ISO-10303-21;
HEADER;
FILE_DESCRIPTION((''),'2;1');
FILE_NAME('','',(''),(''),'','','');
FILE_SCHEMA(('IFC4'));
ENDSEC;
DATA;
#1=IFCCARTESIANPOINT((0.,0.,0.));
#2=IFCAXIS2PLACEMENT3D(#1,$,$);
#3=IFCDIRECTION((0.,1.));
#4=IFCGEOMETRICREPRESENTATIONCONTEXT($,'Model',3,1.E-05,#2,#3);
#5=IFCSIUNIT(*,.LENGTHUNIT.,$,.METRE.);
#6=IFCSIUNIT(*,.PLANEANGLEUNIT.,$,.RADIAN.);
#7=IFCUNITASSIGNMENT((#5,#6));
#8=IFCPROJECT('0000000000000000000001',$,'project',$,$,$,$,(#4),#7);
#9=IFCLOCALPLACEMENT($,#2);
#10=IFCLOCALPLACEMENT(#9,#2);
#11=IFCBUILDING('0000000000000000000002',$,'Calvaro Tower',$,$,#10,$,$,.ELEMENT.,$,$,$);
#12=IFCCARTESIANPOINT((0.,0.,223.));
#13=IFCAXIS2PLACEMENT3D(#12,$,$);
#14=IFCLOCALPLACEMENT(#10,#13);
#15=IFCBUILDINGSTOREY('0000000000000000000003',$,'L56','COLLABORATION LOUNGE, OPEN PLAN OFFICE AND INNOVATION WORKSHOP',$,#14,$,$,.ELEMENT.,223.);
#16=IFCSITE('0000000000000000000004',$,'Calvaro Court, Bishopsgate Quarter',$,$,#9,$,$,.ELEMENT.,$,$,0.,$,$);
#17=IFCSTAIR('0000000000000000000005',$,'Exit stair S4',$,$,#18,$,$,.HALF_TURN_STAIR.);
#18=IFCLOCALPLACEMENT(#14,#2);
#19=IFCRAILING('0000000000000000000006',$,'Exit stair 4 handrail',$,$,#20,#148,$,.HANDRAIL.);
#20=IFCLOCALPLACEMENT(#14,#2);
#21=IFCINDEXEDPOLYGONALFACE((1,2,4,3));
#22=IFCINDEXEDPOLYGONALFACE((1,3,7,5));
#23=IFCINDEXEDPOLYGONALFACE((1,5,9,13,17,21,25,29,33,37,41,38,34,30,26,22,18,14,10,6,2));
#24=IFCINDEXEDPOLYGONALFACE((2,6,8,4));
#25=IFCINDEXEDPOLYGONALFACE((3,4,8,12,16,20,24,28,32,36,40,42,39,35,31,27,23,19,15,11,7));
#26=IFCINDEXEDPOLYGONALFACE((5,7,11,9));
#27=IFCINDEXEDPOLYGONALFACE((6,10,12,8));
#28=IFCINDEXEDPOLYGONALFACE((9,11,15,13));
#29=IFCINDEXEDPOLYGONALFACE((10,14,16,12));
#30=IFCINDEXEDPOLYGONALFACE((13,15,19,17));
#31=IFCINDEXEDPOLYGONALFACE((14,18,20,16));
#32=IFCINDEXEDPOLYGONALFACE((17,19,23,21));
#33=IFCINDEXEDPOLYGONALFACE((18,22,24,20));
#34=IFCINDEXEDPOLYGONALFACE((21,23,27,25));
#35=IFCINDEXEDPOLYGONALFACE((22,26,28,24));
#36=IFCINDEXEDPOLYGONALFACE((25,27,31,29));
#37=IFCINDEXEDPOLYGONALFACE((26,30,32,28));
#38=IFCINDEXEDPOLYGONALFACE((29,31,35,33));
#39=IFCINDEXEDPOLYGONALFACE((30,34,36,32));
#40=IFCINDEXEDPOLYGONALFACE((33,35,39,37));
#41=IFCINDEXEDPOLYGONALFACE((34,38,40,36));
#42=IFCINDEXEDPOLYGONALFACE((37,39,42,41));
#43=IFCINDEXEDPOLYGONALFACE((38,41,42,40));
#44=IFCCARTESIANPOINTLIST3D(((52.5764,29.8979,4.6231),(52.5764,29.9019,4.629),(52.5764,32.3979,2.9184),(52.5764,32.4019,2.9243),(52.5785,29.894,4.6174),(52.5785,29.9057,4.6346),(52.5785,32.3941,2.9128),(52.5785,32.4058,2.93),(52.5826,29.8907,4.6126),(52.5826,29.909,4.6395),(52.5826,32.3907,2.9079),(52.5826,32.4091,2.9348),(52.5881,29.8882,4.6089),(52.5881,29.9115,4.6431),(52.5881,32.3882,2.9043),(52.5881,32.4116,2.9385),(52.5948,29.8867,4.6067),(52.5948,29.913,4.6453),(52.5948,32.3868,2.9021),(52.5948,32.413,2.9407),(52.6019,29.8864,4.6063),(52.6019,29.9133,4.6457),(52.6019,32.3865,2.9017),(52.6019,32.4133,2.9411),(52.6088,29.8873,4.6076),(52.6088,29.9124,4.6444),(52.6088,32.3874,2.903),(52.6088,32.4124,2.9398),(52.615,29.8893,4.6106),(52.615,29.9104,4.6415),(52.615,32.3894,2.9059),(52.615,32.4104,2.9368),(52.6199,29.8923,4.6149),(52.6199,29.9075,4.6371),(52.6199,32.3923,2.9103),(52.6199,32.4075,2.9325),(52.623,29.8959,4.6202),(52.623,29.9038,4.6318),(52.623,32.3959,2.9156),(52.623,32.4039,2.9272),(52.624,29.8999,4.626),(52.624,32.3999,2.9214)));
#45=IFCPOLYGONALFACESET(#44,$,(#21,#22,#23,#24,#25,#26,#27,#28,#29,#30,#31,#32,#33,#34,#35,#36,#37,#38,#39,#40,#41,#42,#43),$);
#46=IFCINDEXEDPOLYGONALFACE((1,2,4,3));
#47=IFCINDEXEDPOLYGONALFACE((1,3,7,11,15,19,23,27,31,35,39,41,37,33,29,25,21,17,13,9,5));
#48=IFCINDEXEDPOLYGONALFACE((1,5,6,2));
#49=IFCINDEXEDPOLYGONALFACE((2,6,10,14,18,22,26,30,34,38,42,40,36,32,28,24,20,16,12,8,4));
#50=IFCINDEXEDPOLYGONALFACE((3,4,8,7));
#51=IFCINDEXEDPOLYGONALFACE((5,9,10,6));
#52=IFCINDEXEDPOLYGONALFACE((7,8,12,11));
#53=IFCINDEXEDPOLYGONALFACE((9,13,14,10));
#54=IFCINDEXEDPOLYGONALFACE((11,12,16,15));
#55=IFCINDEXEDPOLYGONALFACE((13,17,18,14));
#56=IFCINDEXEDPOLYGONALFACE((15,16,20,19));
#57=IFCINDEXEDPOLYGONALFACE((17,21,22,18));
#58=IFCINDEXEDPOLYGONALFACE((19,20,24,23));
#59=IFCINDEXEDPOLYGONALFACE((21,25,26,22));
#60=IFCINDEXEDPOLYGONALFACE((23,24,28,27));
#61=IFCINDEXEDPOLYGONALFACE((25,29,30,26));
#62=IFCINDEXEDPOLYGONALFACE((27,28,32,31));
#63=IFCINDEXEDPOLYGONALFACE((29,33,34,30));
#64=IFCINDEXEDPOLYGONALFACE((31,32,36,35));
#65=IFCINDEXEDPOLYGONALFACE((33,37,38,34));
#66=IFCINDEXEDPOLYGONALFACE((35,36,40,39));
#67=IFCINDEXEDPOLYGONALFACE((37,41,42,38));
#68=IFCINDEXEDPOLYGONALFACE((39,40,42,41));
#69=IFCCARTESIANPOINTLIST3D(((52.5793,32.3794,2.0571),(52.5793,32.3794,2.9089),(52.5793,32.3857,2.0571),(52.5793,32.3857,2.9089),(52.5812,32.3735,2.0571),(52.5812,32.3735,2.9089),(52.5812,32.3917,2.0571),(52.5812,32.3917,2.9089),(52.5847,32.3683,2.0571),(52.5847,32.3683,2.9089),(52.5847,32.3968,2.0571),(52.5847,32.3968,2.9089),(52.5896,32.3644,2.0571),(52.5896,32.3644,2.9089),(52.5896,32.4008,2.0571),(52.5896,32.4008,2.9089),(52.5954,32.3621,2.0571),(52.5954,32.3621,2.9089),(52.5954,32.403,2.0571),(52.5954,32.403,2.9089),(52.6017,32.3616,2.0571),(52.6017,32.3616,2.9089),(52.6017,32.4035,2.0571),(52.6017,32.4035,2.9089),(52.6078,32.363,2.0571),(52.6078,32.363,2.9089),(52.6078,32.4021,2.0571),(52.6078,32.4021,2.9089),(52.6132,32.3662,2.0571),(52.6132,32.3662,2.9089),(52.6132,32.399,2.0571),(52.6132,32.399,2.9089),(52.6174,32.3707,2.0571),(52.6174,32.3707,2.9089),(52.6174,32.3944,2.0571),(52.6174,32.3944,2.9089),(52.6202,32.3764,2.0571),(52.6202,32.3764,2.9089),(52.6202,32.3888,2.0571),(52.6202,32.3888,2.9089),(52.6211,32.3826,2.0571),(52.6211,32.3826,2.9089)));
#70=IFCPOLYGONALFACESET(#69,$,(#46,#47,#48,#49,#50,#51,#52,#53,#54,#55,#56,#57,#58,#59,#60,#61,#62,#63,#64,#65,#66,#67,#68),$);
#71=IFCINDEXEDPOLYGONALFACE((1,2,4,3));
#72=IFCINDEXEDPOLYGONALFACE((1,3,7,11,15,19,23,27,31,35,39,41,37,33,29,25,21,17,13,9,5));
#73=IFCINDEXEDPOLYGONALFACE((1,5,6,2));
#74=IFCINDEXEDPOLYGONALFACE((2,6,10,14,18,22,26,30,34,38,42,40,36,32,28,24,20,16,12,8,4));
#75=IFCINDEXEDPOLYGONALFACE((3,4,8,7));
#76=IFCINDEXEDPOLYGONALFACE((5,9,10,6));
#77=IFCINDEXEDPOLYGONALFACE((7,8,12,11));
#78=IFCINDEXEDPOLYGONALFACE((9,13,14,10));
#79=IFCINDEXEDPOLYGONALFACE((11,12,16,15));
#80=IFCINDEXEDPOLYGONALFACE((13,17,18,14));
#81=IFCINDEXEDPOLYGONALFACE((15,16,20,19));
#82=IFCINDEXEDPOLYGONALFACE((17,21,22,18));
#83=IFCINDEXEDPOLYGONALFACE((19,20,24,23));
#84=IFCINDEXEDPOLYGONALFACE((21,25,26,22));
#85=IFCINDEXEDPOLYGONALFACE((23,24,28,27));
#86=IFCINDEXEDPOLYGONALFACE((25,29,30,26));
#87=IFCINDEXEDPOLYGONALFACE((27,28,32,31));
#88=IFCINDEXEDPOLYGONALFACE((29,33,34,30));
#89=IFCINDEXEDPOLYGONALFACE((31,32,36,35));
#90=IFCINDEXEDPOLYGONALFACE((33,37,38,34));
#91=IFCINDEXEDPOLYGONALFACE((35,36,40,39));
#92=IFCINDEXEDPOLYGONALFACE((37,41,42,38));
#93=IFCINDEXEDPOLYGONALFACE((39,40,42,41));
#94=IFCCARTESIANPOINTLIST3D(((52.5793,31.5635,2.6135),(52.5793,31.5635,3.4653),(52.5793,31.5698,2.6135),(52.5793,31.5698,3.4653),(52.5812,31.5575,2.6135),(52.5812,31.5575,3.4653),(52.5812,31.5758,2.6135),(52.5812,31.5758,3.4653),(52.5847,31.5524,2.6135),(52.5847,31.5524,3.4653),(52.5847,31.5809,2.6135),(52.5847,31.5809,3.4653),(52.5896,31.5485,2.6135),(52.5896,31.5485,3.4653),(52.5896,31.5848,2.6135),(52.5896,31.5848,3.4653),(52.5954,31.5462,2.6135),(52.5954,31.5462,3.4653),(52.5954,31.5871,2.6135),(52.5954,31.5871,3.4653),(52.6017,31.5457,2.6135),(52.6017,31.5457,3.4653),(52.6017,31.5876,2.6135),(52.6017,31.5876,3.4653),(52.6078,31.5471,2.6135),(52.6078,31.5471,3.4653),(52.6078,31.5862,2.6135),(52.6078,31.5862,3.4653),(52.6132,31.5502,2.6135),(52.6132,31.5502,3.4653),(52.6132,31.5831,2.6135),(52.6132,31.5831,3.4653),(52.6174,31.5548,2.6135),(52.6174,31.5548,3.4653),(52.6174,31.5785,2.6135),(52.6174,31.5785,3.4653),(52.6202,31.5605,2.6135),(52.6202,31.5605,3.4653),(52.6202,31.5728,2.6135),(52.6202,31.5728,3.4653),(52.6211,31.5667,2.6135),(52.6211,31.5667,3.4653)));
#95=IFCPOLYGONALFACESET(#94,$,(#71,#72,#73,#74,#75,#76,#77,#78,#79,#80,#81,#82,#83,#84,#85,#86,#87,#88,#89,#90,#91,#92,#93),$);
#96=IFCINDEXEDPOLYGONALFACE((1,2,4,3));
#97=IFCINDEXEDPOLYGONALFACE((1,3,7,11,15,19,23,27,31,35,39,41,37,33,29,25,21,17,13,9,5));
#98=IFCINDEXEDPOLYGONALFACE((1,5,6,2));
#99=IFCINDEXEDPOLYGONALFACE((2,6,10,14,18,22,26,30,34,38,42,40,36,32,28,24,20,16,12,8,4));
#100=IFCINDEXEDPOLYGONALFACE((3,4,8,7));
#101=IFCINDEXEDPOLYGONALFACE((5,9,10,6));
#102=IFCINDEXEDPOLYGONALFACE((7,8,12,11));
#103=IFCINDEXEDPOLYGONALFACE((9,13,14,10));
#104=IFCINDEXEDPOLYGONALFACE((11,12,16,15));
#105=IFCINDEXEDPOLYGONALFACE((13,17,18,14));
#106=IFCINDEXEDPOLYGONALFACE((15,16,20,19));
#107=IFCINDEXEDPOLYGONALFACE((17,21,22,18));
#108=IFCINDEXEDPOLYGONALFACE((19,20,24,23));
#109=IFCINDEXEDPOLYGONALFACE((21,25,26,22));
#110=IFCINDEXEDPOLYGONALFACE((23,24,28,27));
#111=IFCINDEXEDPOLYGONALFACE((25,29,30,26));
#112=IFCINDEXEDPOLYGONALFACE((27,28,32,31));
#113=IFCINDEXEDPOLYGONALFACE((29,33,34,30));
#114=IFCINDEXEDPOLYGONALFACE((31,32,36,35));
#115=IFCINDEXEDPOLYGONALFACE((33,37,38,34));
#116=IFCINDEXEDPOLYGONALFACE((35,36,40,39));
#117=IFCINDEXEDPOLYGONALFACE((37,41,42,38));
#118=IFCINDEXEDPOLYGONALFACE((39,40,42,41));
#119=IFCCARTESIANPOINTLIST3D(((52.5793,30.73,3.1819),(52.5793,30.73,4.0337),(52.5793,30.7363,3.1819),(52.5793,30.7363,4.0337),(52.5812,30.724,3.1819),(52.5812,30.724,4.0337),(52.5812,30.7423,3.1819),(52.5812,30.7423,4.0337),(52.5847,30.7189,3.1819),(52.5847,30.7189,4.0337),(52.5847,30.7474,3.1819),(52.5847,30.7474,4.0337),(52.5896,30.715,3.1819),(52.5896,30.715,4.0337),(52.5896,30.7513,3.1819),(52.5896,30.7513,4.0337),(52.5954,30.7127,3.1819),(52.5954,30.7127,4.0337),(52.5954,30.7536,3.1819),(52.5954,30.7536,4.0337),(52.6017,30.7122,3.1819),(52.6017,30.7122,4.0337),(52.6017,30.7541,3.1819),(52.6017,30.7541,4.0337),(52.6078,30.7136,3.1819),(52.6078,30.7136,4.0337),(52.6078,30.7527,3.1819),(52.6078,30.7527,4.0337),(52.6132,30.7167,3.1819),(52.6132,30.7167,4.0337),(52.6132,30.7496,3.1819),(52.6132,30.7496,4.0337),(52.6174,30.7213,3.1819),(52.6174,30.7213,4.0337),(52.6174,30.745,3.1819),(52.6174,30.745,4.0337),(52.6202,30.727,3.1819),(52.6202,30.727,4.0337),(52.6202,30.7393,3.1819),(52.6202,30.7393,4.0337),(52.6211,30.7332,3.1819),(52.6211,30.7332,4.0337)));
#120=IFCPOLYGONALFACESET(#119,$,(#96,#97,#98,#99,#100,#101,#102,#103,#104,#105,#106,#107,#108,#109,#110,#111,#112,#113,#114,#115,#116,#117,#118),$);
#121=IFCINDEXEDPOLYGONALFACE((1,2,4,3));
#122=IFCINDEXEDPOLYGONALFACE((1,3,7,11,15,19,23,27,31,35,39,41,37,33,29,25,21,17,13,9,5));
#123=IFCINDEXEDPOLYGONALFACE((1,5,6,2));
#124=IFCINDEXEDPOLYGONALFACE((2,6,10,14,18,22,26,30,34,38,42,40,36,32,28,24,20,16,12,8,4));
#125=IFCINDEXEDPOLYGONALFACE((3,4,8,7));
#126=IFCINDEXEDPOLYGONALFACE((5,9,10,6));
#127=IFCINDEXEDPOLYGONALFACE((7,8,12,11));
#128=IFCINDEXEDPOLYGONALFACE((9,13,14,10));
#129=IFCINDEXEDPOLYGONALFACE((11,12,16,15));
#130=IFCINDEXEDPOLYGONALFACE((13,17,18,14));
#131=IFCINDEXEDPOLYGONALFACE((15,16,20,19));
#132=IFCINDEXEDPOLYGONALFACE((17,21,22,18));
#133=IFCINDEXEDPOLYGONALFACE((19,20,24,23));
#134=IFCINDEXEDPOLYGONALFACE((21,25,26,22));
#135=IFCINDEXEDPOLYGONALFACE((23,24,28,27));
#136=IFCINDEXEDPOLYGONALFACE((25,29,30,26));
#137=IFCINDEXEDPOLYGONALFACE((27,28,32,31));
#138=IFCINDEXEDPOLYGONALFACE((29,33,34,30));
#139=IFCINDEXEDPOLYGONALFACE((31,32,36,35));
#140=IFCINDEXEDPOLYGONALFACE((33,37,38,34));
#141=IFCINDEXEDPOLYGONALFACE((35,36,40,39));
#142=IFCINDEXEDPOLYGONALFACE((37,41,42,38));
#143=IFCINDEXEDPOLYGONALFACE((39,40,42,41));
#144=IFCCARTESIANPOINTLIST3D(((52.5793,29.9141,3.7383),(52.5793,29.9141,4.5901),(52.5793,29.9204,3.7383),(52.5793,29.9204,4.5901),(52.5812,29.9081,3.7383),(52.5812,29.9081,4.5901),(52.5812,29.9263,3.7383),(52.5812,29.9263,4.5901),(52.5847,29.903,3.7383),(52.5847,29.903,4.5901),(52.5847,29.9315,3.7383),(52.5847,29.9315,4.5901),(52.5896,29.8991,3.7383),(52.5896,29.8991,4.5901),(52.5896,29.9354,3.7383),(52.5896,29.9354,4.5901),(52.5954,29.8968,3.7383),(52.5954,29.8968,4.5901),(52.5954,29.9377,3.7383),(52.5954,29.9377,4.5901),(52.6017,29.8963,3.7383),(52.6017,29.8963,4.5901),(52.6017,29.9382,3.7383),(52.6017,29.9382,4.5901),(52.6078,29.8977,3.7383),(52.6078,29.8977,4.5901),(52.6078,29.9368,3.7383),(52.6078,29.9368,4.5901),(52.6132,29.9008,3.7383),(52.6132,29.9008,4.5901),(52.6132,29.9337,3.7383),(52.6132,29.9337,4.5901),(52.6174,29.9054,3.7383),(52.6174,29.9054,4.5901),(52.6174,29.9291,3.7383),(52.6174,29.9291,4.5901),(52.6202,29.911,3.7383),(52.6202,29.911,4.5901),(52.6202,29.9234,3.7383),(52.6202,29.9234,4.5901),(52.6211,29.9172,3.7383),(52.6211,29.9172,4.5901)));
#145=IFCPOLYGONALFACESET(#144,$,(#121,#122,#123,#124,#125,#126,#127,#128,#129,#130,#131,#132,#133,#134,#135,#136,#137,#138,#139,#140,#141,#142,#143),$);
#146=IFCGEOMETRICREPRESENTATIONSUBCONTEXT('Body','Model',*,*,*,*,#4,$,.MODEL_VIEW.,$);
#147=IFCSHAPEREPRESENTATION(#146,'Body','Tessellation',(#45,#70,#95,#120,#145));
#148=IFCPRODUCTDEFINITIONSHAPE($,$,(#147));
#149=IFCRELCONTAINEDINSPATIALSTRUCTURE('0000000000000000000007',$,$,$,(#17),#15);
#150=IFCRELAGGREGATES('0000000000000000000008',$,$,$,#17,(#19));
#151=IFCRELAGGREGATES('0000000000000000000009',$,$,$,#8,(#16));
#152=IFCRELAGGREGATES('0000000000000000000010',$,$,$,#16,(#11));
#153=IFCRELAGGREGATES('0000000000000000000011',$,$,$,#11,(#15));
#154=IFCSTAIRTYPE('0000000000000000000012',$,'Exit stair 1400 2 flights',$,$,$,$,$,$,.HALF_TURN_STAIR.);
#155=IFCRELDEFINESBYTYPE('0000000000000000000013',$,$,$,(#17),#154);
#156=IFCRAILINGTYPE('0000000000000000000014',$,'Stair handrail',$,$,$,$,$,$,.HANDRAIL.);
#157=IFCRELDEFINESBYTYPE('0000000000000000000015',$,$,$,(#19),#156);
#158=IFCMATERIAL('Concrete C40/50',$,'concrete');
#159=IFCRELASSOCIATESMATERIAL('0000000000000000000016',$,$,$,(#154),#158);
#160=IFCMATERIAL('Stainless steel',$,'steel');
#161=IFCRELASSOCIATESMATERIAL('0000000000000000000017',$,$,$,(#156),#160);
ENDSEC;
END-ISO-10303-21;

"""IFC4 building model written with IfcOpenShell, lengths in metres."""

from ifc_helpers import new_model, si_unit, direction, frame, origin, origin_2d, place, context, subcontext, project, spatial, circle, extrude, material, type_object, element, aggregate, save


model = new_model("IFC4")

# Units and contexts
model_context = context("Model", 3, precision=1e-05, world=origin(), true_north=direction((0.0, 1.0)))
body_context = subcontext(model_context, "Body", "Model", "MODEL_VIEW")
ifc_project = project(units=[si_unit("LENGTHUNIT", "METRE"), si_unit("PLANEANGLEUNIT", "RADIAN")], contexts=[model_context])

# Site, building, storey
site_placement = place(None, origin())
site = spatial("IfcSite", under=ifc_project, at=site_placement, Name="Calvaro Court, Bishopsgate Quarter", CompositionType="ELEMENT", RefElevation=0.0)
building_placement = place(site_placement, origin())
building = spatial("IfcBuilding", under=site, at=building_placement, Name="Calvaro Tower", CompositionType="ELEMENT")
storey_placement = place(building_placement, frame((0.0, 0.0, 223.0)))
storey = spatial("IfcBuildingStorey", under=building, at=storey_placement, Name="L56", Description="COLLABORATION LOUNGE, OPEN PLAN OFFICE AND INNOVATION WORKSHOP", CompositionType="ELEMENT", Elevation=223.0)

# Stair
ifc_material_1 = material(Name="Concrete C40/50", Category="concrete")
stair_type = type_object("IfcStairType", Name="Exit stair 1400 2 flights", PredefinedType="HALF_TURN_STAIR", material=ifc_material_1)
stair_1_placement = place(storey_placement, origin())
stair_1 = element("IfcStair", 1, at=stair_1_placement, inside=storey, type_object=stair_type, Name="Exit stair S4", PredefinedType="HALF_TURN_STAIR")

# Railing
ifc_material_2 = material(Name="Stainless steel", Category="steel")
railing_type = type_object("IfcRailingType", Name="Stair handrail", PredefinedType="HANDRAIL", material=ifc_material_2)
railing_1_placement = place(storey_placement, frame((52.6001, 32.3999, 2.0454)))
railing_1 = element("IfcRailing", 2, at=railing_1_placement, type_object=railing_type, Name="Exit stair 4 handrail", PredefinedType="HANDRAIL", context=body_context, shape_type="SweptSolid", body=[
    extrude(circle(Radius=0.0239, at=origin_2d()), frame((0.0, 0.0, 0.876), z_axis=(0.0, -0.826221, 0.563347), x_axis=(1.0, 0.0, 0.0)), (0.0, 0.0, 1.0), 3.0259),
    extrude(circle(Radius=0.021, at=origin_2d()), frame((0.0, -0.0173, 0.0117)), (0.0, 0.0, 1.0), 0.8518),
    extrude(circle(Radius=0.021, at=origin_2d()), frame((0.0, -0.8333, 0.5681)), (0.0, 0.0, 1.0), 0.8518),
    extrude(circle(Radius=0.021, at=origin_2d()), frame((0.0, -1.6667, 1.1365)), (0.0, 0.0, 1.0), 0.8518),
    extrude(circle(Radius=0.021, at=origin_2d()), frame((0.0, -2.4827, 1.6929)), (0.0, 0.0, 1.0), 0.8518),
])
aggregate(stair_1, [railing_1])

save(model, "model.ifc")
